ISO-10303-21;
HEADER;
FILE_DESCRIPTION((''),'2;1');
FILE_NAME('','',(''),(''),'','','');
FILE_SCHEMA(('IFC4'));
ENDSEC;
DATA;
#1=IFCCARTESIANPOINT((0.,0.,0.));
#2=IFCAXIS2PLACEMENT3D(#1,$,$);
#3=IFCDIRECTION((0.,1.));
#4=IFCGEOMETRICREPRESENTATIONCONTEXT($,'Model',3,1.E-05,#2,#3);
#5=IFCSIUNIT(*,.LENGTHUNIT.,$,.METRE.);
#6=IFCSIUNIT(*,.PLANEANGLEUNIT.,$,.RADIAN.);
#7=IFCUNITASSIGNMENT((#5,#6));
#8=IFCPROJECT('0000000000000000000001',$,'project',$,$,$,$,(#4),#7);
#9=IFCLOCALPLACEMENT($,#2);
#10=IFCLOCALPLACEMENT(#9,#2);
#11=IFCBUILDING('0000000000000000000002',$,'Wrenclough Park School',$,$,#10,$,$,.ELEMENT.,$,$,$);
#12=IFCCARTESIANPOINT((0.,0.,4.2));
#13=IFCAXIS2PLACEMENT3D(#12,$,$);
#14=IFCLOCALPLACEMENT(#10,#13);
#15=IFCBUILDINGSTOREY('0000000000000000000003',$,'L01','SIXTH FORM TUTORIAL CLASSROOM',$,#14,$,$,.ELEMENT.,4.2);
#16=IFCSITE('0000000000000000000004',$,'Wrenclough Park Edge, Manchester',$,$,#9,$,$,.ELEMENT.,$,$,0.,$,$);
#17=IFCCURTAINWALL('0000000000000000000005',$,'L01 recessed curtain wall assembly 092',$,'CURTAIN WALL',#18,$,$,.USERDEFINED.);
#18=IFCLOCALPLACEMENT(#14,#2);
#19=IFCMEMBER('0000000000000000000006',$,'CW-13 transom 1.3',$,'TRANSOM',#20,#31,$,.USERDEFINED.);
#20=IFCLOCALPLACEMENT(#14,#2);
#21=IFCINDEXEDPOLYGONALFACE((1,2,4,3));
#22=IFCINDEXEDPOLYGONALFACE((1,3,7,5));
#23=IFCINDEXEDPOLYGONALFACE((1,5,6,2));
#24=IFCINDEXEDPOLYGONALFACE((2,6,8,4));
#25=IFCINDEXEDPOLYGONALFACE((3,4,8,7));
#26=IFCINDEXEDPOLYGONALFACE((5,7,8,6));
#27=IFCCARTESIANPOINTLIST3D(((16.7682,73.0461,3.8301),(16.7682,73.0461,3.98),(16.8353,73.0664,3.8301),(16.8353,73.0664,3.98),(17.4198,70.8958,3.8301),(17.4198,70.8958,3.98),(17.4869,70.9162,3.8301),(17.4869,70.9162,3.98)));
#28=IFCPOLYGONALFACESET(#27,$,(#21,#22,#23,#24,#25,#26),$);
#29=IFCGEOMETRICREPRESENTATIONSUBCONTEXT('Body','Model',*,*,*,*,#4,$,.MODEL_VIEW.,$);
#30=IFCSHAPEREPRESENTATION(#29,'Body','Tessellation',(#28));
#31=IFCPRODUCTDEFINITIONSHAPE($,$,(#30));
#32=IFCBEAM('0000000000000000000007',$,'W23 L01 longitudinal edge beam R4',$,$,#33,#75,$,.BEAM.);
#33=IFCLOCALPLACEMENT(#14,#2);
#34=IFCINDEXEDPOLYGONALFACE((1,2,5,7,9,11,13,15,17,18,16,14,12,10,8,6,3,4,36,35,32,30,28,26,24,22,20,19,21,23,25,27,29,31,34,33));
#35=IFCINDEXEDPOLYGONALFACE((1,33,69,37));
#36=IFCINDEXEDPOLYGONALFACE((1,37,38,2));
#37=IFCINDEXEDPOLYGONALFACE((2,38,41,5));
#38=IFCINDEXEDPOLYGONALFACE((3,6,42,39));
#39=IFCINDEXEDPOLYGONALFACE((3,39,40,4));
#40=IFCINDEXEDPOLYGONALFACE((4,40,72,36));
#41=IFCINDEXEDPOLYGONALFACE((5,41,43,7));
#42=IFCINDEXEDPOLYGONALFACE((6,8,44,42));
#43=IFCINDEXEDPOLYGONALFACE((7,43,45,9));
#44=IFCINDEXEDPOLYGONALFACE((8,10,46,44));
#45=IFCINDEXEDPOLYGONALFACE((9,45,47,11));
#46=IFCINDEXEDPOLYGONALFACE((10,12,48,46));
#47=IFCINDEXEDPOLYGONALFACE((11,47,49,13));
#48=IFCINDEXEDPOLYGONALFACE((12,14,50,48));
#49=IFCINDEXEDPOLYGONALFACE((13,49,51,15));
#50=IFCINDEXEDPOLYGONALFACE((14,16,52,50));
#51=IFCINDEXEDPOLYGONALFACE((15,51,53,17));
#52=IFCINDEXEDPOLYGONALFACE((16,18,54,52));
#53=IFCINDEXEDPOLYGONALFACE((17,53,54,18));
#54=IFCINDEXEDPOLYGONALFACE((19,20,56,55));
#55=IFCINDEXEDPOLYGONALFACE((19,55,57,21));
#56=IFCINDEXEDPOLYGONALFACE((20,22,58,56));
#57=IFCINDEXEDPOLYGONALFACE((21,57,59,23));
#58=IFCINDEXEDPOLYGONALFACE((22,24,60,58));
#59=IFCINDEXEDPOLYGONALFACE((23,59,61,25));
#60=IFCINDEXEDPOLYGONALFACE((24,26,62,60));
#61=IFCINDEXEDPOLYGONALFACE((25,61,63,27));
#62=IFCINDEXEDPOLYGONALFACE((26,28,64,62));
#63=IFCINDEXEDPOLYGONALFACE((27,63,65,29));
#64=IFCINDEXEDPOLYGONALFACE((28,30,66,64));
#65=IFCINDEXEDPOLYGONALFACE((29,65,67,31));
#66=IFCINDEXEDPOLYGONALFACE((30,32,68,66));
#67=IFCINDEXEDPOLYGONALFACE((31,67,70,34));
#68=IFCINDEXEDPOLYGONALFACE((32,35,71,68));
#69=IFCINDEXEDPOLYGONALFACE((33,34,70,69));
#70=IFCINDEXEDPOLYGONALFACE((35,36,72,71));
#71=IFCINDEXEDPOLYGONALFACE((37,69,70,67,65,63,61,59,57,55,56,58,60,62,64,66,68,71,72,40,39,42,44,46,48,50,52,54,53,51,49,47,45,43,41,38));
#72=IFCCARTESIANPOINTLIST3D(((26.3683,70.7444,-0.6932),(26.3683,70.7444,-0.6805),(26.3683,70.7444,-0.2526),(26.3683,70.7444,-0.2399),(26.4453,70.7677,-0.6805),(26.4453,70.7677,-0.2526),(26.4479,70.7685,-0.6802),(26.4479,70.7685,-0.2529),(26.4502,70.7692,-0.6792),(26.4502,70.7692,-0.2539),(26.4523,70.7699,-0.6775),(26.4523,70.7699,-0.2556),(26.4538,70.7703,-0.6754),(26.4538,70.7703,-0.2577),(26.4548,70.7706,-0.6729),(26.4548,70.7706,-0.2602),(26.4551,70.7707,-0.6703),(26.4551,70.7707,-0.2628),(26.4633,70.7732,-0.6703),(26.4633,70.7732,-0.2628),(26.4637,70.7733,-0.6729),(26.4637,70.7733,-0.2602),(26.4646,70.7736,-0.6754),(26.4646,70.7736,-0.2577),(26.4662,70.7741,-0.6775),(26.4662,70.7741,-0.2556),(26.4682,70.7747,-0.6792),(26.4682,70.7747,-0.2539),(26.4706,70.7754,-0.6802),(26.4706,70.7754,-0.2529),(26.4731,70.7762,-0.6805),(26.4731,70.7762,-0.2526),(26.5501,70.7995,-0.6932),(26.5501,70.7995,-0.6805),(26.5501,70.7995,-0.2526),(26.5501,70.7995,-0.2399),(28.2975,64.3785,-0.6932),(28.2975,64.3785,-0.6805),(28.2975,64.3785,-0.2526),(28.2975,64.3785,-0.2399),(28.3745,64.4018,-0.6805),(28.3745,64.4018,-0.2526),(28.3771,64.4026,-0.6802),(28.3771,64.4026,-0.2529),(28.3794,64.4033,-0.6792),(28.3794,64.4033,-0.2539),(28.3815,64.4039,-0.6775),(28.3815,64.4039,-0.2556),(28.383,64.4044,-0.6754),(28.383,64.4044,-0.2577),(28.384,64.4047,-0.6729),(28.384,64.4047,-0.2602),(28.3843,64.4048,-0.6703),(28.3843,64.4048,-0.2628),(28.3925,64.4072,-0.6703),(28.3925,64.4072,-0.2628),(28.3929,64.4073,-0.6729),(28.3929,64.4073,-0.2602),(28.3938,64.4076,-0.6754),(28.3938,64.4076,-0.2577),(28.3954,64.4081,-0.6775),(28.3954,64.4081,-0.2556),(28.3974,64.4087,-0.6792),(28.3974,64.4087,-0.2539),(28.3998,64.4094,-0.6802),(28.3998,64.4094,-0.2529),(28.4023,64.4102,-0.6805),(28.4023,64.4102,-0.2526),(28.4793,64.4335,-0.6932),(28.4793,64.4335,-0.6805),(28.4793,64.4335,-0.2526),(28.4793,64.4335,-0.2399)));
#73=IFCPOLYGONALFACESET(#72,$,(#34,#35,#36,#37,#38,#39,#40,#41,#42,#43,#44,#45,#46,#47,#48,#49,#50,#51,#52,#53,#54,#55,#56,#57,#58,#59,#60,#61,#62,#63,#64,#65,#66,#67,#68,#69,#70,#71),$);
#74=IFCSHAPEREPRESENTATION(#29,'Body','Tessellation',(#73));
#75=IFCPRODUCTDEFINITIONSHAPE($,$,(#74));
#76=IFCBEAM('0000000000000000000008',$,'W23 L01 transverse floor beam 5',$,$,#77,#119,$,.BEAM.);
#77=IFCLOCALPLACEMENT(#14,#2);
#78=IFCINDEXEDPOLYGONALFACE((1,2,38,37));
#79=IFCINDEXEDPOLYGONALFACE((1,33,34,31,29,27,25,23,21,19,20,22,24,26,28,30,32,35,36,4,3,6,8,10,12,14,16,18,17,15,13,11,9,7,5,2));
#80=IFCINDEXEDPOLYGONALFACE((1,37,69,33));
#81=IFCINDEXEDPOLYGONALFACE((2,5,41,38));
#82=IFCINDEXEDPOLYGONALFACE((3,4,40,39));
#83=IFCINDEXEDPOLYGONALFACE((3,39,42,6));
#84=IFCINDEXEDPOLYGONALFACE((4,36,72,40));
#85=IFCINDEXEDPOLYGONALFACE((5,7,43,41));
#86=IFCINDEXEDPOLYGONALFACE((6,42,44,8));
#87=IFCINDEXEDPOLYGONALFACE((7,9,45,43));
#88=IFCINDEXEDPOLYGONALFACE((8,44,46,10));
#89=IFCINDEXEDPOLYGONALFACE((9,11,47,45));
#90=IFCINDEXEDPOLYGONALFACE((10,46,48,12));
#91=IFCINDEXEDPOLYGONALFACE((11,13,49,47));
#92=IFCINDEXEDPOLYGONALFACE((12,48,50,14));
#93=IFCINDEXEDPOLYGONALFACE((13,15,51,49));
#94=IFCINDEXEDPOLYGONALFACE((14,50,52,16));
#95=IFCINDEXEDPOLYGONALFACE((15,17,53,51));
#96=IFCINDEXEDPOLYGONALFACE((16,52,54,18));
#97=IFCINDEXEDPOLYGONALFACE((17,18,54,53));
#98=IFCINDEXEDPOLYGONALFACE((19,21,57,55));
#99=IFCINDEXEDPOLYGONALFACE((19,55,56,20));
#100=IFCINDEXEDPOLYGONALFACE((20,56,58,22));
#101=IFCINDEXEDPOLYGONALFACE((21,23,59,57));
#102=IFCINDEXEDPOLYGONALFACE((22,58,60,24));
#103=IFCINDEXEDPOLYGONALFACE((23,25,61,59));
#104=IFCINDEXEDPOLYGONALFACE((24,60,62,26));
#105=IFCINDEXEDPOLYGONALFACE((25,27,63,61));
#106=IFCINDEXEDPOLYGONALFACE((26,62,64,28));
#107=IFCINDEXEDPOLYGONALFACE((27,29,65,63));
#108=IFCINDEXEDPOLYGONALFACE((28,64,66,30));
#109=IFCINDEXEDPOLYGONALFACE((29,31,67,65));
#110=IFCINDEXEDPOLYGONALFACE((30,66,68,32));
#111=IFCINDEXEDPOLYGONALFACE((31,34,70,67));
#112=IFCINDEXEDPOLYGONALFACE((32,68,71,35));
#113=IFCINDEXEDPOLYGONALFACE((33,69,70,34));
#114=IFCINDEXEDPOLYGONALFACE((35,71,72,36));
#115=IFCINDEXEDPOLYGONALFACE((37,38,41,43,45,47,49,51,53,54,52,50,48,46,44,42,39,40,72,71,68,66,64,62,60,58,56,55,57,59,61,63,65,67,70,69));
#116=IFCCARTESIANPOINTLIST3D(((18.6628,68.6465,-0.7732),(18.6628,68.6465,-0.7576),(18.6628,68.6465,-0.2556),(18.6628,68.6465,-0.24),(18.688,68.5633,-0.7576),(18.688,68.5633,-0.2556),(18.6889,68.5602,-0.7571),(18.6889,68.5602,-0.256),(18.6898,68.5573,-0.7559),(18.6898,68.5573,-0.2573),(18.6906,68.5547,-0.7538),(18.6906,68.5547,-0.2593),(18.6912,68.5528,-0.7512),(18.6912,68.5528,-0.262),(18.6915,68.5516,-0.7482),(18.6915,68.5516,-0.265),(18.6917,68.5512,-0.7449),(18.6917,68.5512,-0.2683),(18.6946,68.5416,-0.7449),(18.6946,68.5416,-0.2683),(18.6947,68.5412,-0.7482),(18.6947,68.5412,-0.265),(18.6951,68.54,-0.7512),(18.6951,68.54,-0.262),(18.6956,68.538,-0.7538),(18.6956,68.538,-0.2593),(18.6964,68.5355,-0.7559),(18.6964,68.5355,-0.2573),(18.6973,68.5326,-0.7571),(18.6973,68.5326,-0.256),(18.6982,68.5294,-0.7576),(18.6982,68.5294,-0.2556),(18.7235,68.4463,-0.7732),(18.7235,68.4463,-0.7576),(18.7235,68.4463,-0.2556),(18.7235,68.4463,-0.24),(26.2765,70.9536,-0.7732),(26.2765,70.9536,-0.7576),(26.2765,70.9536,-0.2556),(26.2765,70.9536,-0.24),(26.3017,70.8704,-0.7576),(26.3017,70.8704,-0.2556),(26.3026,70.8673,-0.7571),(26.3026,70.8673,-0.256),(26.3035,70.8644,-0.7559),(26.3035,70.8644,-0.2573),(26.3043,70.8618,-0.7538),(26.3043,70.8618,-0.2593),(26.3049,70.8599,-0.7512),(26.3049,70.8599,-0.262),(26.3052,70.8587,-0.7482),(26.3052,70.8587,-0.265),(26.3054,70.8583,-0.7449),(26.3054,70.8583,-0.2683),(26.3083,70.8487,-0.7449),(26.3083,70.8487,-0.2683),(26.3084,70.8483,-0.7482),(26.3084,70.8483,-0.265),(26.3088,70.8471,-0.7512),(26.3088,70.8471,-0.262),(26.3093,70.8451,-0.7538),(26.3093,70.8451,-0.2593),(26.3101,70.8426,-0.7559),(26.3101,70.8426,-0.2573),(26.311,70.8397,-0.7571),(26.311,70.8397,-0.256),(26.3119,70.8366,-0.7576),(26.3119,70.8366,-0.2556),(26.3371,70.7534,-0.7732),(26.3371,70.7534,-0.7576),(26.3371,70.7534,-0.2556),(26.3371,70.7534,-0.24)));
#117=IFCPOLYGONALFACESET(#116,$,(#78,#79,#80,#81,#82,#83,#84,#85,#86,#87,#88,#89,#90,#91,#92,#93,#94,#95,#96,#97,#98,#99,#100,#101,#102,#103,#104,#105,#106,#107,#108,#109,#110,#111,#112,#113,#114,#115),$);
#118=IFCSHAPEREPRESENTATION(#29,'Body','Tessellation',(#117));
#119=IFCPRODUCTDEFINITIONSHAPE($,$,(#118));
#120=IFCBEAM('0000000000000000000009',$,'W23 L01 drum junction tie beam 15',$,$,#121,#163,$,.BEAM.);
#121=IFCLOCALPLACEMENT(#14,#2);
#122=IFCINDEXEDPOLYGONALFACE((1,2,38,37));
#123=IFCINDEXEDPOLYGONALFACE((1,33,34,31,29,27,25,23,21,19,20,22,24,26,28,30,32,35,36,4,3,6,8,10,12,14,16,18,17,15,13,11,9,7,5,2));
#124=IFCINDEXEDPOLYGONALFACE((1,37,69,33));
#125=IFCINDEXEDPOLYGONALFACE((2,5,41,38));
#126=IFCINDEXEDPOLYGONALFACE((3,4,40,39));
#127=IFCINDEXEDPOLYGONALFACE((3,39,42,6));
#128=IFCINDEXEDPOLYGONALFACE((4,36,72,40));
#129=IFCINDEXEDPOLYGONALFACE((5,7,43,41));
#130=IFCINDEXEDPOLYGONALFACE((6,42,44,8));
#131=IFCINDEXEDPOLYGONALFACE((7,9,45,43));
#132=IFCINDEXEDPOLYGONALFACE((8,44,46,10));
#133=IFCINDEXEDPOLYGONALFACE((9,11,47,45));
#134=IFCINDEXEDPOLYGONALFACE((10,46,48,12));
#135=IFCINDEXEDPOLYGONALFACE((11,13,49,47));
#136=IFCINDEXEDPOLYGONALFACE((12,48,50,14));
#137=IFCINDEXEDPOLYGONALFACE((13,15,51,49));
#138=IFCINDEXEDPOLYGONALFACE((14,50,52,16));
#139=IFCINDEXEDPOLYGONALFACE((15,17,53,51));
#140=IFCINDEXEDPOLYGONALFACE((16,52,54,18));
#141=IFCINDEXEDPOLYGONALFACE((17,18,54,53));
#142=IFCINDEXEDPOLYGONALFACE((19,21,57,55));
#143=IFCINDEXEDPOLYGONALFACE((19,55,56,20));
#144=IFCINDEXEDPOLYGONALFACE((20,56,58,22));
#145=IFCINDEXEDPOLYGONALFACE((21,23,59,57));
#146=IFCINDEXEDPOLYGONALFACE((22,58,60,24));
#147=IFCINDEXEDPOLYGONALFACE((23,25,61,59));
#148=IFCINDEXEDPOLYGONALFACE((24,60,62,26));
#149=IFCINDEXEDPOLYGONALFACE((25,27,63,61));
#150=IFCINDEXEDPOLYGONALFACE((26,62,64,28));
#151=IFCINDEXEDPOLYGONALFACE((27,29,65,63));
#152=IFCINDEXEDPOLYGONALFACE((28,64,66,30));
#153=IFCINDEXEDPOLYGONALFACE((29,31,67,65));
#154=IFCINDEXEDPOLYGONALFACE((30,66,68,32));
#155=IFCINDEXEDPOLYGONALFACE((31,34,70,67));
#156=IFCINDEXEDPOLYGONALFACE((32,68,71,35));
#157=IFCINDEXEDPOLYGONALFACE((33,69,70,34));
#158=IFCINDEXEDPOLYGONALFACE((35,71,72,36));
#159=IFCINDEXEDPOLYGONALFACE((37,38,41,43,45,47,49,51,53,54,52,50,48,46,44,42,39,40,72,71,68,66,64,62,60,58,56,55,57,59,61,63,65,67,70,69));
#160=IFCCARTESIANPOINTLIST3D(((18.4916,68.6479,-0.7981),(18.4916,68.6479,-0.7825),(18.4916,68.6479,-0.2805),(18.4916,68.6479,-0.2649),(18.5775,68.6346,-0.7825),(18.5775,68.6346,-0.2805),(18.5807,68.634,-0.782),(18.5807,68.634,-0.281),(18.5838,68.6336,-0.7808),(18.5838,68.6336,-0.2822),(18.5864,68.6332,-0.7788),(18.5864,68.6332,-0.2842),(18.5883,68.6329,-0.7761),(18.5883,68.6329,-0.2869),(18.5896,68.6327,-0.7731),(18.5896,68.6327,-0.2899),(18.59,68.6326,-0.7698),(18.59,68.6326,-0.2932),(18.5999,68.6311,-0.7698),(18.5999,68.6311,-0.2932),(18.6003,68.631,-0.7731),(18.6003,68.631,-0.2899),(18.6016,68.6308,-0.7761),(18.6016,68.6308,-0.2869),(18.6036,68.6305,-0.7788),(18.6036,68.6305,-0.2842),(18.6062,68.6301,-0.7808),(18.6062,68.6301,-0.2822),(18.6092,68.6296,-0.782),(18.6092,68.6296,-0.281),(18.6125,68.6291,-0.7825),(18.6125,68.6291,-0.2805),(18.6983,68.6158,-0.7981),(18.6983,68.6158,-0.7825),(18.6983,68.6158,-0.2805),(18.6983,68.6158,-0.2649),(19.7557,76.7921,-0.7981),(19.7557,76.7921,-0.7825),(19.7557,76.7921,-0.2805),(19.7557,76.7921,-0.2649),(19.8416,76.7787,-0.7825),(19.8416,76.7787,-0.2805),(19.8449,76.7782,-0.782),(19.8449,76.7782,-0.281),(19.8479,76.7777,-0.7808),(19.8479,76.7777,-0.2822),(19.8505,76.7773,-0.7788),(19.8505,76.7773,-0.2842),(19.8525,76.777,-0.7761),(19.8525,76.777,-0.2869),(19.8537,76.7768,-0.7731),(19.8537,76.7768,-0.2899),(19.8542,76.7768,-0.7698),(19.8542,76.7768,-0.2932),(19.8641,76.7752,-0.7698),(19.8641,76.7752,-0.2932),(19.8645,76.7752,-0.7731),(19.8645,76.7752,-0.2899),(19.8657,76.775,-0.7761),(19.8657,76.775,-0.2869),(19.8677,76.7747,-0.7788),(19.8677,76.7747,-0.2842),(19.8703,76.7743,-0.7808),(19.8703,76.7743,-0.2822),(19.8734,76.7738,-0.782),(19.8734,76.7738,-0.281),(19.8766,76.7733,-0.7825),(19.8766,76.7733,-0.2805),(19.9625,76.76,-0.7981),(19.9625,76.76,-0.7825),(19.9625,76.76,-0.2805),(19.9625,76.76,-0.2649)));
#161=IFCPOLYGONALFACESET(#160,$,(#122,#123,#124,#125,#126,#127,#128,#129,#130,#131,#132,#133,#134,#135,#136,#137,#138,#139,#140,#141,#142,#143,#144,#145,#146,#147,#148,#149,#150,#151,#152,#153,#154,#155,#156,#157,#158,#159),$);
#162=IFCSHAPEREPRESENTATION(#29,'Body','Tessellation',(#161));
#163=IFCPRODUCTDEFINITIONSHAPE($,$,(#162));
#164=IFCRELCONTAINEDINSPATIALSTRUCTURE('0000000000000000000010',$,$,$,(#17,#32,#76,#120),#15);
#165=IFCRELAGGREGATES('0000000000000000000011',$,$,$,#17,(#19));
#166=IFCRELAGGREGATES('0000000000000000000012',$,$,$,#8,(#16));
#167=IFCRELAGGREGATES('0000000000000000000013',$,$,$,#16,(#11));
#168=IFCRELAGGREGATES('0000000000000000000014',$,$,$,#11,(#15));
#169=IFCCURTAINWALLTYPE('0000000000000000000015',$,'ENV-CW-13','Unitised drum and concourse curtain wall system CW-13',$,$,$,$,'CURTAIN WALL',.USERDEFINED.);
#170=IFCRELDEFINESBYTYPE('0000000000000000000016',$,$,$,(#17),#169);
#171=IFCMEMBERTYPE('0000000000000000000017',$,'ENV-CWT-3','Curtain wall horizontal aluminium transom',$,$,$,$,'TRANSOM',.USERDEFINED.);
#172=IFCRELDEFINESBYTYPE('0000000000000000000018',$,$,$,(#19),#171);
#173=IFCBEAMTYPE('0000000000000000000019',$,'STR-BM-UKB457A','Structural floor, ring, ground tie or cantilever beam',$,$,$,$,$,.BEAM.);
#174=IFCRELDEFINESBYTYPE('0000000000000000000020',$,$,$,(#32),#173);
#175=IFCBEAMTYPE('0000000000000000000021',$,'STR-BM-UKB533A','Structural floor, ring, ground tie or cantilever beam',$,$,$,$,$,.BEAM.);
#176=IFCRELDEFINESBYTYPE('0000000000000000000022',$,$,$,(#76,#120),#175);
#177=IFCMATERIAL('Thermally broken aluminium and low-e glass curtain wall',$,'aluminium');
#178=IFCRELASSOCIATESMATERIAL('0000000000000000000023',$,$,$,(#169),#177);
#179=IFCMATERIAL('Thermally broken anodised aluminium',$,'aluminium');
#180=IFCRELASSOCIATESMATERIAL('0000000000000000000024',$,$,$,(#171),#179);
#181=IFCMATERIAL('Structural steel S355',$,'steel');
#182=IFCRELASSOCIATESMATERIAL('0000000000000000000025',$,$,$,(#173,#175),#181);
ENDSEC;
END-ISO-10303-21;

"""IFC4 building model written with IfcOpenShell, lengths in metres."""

from ifc_helpers import new_model, si_unit, direction, frame, origin, origin_2d, place, context, subcontext, project, spatial, rectangle, i_section, extrude, material, material_profile, profile_set, type_object, element, aggregate, save


model = new_model("IFC4")

# Units and contexts
model_context = context("Model", 3, precision=1e-05, world=origin(), true_north=direction((0.0, 1.0)))
body_context = subcontext(model_context, "Body", "Model", "MODEL_VIEW")
ifc_project = project(units=[si_unit("LENGTHUNIT", "METRE"), si_unit("PLANEANGLEUNIT", "RADIAN")], contexts=[model_context])

# Site, building, storey
site_placement = place(None, origin())
site = spatial("IfcSite", under=ifc_project, at=site_placement, Name="Wrenclough Park Edge, Manchester", CompositionType="ELEMENT", RefElevation=0.0)
building_placement = place(site_placement, origin())
building = spatial("IfcBuilding", under=site, at=building_placement, Name="Wrenclough Park School", CompositionType="ELEMENT")
storey_placement = place(building_placement, frame((0.0, 0.0, 4.2)))
storey = spatial("IfcBuildingStorey", under=building, at=storey_placement, Name="L01", Description="SIXTH FORM TUTORIAL CLASSROOM", CompositionType="ELEMENT", Elevation=4.2)

# Shared definitions
ifc_material_1 = material(Name="Structural steel S355", Category="steel")

# Shared definitions
ifc_material_2 = material(Name="Thermally broken aluminium and low-e glass curtain wall", Category="aluminium")
ifc_material_3 = material(Name="Thermally broken anodised aluminium", Category="aluminium")

# Curtain wall, member
curtain_wall_type_1 = type_object("IfcCurtainWallType", Name="ENV-CW-13", Description="Unitised drum and concourse curtain wall system CW-13", ElementType="CURTAIN WALL", PredefinedType="USERDEFINED", material=ifc_material_2)
curtain_wall_1_placement = place(storey_placement, origin())
curtain_wall_1 = element("IfcCurtainWall", 1, at=curtain_wall_1_placement, inside=storey, type_object=curtain_wall_type_1, Name="L01 recessed curtain wall assembly 092", ObjectType="CURTAIN WALL", PredefinedType="USERDEFINED")
ifc_material_profile_1 = material_profile(ifc_material_3, rectangle(XDim=0.0701, YDim=0.1499, at=origin_2d()), Name="AL TRANSOM 70x150")
ifc_profile_set_1 = profile_set([ifc_material_profile_1], Name="Thermally broken anodised aluminium")
member_type_1 = type_object("IfcMemberType", Name="ENV-CWT-3", Description="Curtain wall horizontal aluminium transom", ElementType="TRANSOM", PredefinedType="USERDEFINED", material=ifc_profile_set_1)
member_1_placement = place(storey_placement, frame((17.4534, 70.906, 3.905), z_axis=(-0.290029, 0.957018, 0.0), x_axis=(-0.957018, -0.290029, 0.0)))
member_1 = element("IfcMember", 2, at=member_1_placement, type_object=member_type_1, Name="CW-13 transom 1.3", ObjectType="TRANSOM", PredefinedType="USERDEFINED", context=body_context, shape_type="SweptSolid", body=[
    extrude(rectangle(XDim=0.0701, YDim=0.1499, at=origin_2d()), origin(), (0.0, 0.0, 1.0), 2.2468),
])
aggregate(curtain_wall_1, [member_1])

# Beams
ifc_material_profile_2 = material_profile(ifc_material_1, i_section(OverallWidth=0.1899, OverallDepth=0.4534, WebThickness=0.0085, FlangeThickness=0.0127, FilletRadius=0.0103, at=origin_2d()), Name="UKB 457x191x67")
ifc_profile_set_2 = profile_set([ifc_material_profile_2], Name="Structural steel S355")
beam_type_1 = type_object("IfcBeamType", Name="STR-BM-UKB457A", Description="Structural floor, ring, ground tie or cantilever beam", PredefinedType="BEAM", material=ifc_profile_set_2)
beam_1_placement = place(storey_placement, frame((28.3884, 64.406, -0.4666), z_axis=(-0.290024, 0.957019, 0.0), x_axis=(-0.957019, -0.290024, 0.0)))
element("IfcBeam", 3, at=beam_1_placement, inside=storey, type_object=beam_type_1, Name="W23 L01 longitudinal edge beam R4", PredefinedType="BEAM", context=body_context, shape_type="SweptSolid", body=[
    extrude(i_section(OverallWidth=0.1899, OverallDepth=0.4534, WebThickness=0.0085, FlangeThickness=0.0127, FilletRadius=0.0103, at=origin_2d()), origin(), (0.0, 0.0, 1.0), 6.6519),
])
ifc_material_profile_3 = material_profile(ifc_material_1, i_section(OverallWidth=0.2092, OverallDepth=0.5332, WebThickness=0.01, FlangeThickness=0.0156, FilletRadius=0.0127, at=origin_2d()), Name="UKB 533x210x92")
ifc_profile_set_3 = profile_set([ifc_material_profile_3], Name="Structural steel S355")
beam_type_2 = type_object("IfcBeamType", Name="STR-BM-UKB533A", Description="Structural floor, ring, ground tie or cantilever beam", PredefinedType="BEAM", material=ifc_profile_set_3)
beam_2_placement = place(storey_placement, frame((18.6931, 68.5464, -0.5066), z_axis=(0.957027, 0.289999, 0.0), x_axis=(-0.289999, 0.957027, 0.0)))
element("IfcBeam", 4, at=beam_2_placement, inside=storey, type_object=beam_type_2, Name="W23 L01 transverse floor beam 5", PredefinedType="BEAM", context=body_context, shape_type="SweptSolid", body=[
    extrude(i_section(OverallWidth=0.2092, OverallDepth=0.5332, WebThickness=0.01, FlangeThickness=0.0156, FilletRadius=0.0127, at=origin_2d()), origin(), (0.0, 0.0, 1.0), 7.9556),
])
beam_3_placement = place(storey_placement, frame((18.595, 68.6318, -0.5315), z_axis=(0.153384, 0.988167, 0.0), x_axis=(-0.988167, 0.153384, 0.0)))
element("IfcBeam", 5, at=beam_3_placement, inside=storey, type_object=beam_type_2, Name="W23 L01 drum junction tie beam 15", PredefinedType="BEAM", context=body_context, shape_type="SweptSolid", body=[
    extrude(i_section(OverallWidth=0.2092, OverallDepth=0.5332, WebThickness=0.01, FlangeThickness=0.0156, FilletRadius=0.0127, at=origin_2d()), origin(), (0.0, 0.0, 1.0), 8.2417),
])

save(model, "model.ifc")
